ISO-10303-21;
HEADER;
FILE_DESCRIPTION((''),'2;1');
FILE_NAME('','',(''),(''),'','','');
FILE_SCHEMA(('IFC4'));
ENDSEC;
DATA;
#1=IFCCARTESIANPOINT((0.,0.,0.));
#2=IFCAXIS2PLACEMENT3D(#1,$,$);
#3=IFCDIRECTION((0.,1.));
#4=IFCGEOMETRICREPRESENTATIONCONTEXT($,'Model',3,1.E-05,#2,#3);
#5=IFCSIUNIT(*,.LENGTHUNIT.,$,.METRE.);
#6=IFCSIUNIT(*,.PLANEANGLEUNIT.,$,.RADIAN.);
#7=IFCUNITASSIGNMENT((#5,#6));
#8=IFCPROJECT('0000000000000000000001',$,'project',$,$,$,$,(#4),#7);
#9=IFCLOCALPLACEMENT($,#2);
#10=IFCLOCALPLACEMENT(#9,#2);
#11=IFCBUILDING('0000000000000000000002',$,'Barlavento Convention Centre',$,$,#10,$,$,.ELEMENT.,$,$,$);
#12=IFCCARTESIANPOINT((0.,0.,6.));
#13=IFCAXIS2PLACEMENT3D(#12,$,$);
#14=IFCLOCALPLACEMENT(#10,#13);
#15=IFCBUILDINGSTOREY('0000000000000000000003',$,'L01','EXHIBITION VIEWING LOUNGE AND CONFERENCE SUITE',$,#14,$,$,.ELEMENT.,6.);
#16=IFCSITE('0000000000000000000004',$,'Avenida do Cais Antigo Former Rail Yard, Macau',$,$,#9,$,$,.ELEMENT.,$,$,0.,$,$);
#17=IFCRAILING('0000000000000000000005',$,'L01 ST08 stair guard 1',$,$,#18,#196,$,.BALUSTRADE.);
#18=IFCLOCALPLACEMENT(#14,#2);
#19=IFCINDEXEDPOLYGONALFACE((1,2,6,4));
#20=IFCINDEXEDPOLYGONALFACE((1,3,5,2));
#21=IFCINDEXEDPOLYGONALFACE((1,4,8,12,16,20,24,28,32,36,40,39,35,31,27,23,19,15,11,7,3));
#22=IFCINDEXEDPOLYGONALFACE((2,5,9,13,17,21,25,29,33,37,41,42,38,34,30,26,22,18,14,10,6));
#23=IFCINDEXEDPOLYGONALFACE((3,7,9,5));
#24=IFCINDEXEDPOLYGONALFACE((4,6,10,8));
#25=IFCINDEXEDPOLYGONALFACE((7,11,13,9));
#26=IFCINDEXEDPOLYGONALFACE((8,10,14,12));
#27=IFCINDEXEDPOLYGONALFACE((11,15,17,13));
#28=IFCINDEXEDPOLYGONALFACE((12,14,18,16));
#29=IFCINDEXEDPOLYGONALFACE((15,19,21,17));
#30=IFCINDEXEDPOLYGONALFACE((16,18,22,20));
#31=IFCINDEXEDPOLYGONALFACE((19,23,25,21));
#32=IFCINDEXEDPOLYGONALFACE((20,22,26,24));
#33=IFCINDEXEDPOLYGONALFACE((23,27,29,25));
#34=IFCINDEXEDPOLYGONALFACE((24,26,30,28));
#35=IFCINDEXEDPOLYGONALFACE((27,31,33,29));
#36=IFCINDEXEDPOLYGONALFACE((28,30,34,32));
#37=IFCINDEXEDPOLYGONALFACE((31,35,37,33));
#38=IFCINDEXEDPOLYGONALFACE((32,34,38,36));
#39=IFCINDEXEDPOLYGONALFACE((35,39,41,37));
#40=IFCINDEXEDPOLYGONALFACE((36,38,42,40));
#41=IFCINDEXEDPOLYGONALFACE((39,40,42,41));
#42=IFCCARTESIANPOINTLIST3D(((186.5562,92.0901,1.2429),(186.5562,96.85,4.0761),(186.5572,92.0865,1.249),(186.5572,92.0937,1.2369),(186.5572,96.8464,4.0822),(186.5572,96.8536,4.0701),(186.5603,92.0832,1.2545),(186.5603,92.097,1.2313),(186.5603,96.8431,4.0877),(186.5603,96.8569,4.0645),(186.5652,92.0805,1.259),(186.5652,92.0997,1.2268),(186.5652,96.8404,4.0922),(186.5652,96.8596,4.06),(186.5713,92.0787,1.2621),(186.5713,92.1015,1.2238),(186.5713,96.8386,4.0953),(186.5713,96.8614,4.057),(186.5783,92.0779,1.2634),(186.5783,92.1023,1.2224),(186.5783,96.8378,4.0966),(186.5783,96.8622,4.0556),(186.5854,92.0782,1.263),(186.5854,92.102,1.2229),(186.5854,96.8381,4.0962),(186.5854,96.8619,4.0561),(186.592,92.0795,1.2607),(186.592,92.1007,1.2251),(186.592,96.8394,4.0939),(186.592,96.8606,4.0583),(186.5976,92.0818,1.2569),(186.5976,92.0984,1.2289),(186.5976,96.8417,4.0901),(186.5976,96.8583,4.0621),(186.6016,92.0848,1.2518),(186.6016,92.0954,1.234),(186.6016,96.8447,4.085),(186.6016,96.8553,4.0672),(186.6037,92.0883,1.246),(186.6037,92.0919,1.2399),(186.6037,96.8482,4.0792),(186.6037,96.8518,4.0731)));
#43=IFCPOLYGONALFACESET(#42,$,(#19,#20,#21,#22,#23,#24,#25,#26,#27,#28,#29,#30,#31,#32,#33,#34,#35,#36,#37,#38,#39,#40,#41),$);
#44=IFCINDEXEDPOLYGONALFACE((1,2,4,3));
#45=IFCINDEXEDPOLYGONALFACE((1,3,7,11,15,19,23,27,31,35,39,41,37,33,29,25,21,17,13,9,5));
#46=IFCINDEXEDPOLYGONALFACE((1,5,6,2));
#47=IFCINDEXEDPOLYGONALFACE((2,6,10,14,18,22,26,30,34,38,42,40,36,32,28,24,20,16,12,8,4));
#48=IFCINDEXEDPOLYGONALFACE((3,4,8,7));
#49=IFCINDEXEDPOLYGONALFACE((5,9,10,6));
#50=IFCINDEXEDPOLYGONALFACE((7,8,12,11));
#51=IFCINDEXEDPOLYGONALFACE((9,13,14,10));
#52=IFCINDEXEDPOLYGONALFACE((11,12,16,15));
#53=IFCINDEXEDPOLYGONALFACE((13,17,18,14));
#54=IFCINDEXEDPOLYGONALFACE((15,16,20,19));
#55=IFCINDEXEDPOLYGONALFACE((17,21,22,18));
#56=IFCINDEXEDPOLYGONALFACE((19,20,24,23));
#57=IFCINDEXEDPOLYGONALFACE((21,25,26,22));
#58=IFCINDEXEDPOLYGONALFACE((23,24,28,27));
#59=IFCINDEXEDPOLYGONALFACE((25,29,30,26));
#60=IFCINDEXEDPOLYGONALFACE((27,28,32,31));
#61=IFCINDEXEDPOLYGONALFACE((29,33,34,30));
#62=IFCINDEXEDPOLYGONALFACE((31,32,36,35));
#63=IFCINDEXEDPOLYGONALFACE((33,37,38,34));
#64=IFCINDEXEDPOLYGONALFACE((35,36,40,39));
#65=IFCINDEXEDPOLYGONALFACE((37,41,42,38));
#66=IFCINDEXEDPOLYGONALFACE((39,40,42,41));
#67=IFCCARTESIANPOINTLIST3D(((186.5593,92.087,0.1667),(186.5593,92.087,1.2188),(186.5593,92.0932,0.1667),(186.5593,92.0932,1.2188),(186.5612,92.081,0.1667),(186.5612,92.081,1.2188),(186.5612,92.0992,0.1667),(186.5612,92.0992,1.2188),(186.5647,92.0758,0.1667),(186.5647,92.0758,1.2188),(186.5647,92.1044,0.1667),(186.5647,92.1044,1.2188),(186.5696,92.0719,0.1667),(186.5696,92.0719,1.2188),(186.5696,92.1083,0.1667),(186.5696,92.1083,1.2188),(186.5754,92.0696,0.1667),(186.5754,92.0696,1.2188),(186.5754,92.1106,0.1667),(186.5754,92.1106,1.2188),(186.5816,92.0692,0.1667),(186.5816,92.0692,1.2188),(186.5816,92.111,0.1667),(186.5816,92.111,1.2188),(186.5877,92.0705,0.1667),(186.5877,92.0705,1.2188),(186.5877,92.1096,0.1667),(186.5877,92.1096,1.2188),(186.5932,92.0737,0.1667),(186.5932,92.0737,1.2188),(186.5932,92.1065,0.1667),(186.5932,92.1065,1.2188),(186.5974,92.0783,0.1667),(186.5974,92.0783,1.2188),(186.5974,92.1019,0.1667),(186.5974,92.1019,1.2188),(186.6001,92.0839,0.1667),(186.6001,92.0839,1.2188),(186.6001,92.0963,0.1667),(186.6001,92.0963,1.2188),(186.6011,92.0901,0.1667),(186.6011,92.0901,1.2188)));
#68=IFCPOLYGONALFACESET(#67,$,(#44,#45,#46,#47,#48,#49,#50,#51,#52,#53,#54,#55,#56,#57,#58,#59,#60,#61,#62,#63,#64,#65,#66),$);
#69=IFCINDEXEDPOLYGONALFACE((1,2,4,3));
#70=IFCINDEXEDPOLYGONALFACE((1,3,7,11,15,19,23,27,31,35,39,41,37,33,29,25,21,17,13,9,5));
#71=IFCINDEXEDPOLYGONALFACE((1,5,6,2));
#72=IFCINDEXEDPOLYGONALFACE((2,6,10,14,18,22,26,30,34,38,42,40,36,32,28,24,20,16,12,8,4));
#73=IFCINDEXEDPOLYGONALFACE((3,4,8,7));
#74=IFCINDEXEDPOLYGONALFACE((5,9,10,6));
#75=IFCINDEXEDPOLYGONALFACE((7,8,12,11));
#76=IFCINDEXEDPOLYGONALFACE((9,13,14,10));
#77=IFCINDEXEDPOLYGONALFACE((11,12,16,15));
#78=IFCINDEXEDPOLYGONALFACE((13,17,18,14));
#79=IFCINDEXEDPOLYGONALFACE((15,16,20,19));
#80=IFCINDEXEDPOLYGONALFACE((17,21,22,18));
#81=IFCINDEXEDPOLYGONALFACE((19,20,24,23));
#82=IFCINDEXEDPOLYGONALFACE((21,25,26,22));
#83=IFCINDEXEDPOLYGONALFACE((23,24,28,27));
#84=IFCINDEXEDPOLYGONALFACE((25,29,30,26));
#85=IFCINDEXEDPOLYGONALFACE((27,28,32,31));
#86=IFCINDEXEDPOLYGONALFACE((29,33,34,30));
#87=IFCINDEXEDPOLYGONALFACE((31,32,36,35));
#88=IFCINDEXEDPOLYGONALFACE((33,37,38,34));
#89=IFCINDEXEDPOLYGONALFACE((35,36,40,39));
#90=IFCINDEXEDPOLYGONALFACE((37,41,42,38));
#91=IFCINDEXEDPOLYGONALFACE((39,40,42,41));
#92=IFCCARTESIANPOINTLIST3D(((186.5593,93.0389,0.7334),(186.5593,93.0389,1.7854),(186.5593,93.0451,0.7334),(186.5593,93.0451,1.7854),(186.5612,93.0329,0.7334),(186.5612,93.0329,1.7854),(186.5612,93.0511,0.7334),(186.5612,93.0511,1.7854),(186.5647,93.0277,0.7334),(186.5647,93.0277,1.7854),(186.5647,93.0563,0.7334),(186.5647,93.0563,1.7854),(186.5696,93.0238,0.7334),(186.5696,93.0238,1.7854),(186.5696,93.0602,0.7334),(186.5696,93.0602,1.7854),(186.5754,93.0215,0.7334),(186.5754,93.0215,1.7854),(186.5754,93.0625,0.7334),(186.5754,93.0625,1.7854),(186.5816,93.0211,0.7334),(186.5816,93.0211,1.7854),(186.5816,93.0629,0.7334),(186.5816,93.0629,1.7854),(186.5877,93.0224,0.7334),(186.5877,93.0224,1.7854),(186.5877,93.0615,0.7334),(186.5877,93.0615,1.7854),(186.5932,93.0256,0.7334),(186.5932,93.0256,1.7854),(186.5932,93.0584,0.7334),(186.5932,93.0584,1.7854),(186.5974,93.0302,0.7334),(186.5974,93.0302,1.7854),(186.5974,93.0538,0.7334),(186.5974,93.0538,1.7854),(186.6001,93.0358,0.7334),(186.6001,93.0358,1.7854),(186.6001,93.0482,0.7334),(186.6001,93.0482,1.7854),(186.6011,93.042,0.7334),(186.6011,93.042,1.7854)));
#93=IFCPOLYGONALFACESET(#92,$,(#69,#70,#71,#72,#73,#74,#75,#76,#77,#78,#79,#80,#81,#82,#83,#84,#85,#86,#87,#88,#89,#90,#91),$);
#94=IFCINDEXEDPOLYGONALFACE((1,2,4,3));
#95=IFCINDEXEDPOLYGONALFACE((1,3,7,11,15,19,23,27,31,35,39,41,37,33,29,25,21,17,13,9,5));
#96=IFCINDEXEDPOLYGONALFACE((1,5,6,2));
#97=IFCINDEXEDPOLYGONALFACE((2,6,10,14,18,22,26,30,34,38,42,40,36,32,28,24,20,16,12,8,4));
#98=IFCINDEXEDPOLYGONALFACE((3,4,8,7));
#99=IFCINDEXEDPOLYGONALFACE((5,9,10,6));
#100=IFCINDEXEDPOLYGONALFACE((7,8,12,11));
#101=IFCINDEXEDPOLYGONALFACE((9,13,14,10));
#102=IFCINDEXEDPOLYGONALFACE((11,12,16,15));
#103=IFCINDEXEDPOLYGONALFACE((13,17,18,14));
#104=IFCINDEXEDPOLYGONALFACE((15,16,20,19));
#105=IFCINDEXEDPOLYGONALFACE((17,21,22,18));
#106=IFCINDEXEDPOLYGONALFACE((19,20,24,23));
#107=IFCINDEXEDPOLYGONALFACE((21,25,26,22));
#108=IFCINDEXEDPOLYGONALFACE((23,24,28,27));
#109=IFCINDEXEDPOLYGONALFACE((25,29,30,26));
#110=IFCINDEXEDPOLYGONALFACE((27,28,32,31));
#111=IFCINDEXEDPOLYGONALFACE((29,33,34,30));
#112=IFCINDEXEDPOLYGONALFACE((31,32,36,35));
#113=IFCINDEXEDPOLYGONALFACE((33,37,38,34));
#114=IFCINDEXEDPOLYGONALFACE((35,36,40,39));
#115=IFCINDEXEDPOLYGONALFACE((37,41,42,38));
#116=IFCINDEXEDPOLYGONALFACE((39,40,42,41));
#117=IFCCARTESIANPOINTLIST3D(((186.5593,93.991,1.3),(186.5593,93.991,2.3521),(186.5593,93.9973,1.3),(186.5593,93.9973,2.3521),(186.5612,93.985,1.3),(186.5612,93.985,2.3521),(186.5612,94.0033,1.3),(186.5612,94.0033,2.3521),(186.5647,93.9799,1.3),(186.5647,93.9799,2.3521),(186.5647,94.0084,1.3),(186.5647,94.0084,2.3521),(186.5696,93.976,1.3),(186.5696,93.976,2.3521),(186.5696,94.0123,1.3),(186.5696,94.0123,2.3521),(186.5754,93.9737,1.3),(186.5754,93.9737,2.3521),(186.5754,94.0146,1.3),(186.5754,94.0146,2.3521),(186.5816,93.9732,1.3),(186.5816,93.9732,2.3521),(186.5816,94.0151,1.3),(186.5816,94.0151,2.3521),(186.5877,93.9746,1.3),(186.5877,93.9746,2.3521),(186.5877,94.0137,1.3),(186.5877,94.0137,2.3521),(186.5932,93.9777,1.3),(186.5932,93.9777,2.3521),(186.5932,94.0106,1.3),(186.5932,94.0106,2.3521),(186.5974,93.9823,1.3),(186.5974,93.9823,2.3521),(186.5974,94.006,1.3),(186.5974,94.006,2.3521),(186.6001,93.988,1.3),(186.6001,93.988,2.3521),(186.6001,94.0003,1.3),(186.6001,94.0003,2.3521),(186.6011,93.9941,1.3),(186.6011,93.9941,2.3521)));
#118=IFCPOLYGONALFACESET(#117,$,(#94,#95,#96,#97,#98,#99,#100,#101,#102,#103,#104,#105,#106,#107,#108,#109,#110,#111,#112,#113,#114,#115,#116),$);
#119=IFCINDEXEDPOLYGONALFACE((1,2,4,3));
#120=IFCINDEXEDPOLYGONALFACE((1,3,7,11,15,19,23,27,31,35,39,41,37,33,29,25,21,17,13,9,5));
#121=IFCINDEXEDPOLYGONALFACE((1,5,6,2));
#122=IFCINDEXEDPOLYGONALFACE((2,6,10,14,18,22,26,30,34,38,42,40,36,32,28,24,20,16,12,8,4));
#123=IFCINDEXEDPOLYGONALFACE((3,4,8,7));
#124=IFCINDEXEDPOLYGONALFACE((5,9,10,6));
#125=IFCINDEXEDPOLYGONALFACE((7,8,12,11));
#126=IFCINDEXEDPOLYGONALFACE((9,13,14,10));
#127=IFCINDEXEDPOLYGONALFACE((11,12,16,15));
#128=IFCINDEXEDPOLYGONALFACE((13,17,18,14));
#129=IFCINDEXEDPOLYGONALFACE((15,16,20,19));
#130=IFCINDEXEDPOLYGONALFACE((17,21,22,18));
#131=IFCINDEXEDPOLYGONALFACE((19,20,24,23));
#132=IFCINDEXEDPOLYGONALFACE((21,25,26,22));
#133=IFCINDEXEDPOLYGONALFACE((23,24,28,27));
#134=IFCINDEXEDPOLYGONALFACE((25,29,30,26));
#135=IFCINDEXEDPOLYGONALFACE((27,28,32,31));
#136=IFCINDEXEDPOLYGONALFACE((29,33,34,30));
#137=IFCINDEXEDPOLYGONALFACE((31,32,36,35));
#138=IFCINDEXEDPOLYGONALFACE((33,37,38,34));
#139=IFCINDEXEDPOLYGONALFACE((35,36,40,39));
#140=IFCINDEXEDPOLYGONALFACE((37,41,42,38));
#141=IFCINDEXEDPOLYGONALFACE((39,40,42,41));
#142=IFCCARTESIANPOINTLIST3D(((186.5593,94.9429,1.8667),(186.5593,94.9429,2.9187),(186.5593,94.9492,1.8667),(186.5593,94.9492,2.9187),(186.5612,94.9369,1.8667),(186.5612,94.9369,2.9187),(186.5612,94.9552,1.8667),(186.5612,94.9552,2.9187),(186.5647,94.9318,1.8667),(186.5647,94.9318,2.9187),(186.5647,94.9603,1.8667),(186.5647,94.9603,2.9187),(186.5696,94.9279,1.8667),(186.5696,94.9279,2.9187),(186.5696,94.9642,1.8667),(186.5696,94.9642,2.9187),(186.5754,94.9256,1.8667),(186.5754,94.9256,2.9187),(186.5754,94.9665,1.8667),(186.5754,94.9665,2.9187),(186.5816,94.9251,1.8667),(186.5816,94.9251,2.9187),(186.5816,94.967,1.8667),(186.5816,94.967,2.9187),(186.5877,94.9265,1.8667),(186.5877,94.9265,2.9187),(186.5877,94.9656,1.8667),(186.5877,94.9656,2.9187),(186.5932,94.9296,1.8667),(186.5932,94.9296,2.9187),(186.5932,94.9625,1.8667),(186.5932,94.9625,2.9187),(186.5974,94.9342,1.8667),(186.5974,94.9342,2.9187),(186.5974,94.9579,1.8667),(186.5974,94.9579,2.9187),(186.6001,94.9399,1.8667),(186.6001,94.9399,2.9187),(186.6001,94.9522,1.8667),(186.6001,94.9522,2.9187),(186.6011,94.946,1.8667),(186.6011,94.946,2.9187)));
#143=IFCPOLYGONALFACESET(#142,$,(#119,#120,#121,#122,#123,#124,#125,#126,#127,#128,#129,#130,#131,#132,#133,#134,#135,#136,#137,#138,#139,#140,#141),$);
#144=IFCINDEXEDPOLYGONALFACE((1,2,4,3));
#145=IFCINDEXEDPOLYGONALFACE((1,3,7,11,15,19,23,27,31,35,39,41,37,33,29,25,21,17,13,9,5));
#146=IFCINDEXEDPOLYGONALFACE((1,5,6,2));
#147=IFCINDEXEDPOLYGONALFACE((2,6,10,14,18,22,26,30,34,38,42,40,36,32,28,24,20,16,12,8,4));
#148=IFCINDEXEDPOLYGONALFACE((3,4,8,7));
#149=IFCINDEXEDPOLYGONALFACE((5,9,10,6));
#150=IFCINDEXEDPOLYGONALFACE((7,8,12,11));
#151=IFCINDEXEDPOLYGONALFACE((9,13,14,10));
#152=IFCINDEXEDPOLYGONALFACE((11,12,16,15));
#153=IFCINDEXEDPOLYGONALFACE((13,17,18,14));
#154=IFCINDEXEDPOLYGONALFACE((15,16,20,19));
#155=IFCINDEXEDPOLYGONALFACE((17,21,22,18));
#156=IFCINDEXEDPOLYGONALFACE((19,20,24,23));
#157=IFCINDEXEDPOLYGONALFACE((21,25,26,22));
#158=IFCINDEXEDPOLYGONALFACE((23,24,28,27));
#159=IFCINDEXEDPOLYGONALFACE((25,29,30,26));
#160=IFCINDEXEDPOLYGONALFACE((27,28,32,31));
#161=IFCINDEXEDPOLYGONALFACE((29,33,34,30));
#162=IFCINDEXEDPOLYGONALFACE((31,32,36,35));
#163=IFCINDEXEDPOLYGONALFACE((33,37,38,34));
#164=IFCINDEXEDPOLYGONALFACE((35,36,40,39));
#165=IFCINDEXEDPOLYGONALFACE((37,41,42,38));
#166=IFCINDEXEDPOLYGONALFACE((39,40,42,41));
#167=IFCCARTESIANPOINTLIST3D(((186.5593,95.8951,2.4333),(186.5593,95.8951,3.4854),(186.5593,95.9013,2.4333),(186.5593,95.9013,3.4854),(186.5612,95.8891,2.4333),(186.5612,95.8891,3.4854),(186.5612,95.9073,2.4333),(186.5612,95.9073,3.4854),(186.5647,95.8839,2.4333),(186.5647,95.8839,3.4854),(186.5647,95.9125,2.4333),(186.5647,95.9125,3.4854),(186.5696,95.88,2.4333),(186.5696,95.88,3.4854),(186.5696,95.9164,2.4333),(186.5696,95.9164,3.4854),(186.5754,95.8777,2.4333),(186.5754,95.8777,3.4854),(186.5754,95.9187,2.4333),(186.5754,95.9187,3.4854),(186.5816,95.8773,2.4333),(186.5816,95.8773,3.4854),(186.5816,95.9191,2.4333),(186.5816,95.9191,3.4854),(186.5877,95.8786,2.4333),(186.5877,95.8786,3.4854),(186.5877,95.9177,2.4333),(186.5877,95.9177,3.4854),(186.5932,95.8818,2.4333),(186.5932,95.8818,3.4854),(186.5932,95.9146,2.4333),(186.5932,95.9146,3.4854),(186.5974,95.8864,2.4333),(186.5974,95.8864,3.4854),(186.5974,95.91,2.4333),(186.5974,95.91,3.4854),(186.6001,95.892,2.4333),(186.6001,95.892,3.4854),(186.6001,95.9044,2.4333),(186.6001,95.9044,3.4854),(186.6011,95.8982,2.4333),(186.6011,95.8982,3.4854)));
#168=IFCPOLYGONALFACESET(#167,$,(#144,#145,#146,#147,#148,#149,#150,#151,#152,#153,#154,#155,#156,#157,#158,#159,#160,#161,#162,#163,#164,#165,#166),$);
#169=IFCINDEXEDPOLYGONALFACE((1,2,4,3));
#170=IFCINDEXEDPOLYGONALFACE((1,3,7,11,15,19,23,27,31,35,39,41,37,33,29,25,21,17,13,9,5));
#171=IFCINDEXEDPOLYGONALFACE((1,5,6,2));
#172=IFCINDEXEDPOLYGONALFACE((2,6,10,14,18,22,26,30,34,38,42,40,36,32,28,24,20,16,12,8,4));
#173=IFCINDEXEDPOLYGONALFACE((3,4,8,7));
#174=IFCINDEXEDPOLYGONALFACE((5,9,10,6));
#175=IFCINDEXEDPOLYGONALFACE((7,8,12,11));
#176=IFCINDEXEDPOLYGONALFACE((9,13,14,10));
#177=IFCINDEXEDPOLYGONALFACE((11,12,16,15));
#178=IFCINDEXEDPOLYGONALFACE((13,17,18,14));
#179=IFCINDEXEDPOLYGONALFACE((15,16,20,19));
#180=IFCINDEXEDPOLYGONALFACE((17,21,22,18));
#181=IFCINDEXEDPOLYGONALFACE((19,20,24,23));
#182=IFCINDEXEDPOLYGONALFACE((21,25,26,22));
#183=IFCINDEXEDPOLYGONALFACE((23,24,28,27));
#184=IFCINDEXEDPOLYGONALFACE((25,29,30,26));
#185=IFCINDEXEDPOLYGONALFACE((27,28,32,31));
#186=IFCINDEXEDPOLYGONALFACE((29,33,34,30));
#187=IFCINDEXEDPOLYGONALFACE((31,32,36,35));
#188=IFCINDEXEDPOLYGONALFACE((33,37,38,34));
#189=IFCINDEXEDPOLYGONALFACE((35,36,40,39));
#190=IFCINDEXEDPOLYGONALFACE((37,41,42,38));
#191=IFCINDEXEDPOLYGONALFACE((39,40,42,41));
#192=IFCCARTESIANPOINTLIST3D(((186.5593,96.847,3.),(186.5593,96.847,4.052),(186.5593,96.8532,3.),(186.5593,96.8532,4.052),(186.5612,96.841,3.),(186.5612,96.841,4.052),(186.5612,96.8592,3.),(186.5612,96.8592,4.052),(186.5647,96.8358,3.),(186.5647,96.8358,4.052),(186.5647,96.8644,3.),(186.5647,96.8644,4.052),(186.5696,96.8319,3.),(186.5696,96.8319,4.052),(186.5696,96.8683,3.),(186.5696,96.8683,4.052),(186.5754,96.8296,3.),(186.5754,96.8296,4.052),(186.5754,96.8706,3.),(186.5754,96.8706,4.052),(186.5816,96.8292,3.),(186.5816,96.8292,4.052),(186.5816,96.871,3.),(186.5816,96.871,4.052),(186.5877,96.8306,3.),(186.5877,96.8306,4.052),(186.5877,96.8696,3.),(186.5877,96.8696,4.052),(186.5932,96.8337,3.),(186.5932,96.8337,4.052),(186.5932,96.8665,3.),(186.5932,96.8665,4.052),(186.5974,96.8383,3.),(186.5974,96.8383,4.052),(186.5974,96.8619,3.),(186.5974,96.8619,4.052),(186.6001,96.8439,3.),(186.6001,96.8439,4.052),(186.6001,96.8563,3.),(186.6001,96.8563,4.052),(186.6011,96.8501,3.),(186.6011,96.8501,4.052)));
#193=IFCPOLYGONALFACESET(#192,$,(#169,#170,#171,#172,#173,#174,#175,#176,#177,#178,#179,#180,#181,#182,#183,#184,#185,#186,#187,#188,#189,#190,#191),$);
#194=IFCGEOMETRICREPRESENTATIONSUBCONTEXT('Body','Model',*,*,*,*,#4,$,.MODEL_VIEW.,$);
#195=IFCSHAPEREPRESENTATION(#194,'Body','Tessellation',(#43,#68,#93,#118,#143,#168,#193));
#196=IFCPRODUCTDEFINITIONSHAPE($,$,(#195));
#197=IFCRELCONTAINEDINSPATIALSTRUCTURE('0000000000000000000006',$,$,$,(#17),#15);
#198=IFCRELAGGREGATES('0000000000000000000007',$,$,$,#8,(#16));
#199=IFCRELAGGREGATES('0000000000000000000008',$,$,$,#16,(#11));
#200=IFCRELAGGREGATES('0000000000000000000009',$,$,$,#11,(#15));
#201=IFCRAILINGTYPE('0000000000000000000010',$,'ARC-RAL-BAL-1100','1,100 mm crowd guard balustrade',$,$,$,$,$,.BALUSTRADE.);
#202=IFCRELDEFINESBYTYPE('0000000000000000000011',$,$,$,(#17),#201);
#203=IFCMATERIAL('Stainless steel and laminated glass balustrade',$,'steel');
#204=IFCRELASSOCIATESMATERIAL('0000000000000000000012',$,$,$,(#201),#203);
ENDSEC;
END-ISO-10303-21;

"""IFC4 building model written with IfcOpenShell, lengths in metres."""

from ifc_helpers import new_model, si_unit, direction, frame, origin, origin_2d, place, context, subcontext, project, spatial, circle, extrude, material, type_object, element, save


model = new_model("IFC4")

# Units and contexts
model_context = context("Model", 3, precision=1e-05, world=origin(), true_north=direction((0.0, 1.0)))
body_context = subcontext(model_context, "Body", "Model", "MODEL_VIEW")
ifc_project = project(units=[si_unit("LENGTHUNIT", "METRE"), si_unit("PLANEANGLEUNIT", "RADIAN")], contexts=[model_context])

# Site, building, storey
site_placement = place(None, origin())
site = spatial("IfcSite", under=ifc_project, at=site_placement, Name="Avenida do Cais Antigo Former Rail Yard, Macau", CompositionType="ELEMENT", RefElevation=0.0)
building_placement = place(site_placement, origin())
building = spatial("IfcBuilding", under=site, at=building_placement, Name="Barlavento Convention Centre", CompositionType="ELEMENT")
storey_placement = place(building_placement, frame((0.0, 0.0, 6.0)))
storey = spatial("IfcBuildingStorey", under=building, at=storey_placement, Name="L01", Description="EXHIBITION VIEWING LOUNGE AND CONFERENCE SUITE", CompositionType="ELEMENT", Elevation=6.0)

# Railing
ifc_material_1 = material(Name="Stainless steel and laminated glass balustrade", Category="steel")
railing_type_1 = type_object("IfcRailingType", Name="ARC-RAL-BAL-1100", Description="1,100 mm crowd guard balustrade", PredefinedType="BALUSTRADE", material=ifc_material_1)
railing_1_placement = place(storey_placement, frame((186.5801, 92.0901, 0.1667)))
element("IfcRailing", 1, at=railing_1_placement, inside=storey, type_object=railing_type_1, Name="L01 ST08 stair guard 1", PredefinedType="BALUSTRADE", context=body_context, shape_type="SweptSolid", body=[
    extrude(circle(Radius=0.0239, at=origin_2d()), frame((0.0, 0.0, 1.0762), z_axis=(0.0, 0.8593, 0.511472), x_axis=(-1.0, 0.0, 0.0)), (0.0, 0.0, 1.0), 5.5393),
    extrude(circle(Radius=0.021, at=origin_2d()), origin(), (0.0, 0.0, 1.0), 1.052),
    extrude(circle(Radius=0.021, at=origin_2d()), frame((0.0, 0.9519, 0.5667)), (0.0, 0.0, 1.0), 1.052),
    extrude(circle(Radius=0.021, at=origin_2d()), frame((0.0, 1.9041, 1.1333)), (0.0, 0.0, 1.0), 1.052),
    extrude(circle(Radius=0.021, at=origin_2d()), frame((0.0, 2.856, 1.7)), (0.0, 0.0, 1.0), 1.052),
    extrude(circle(Radius=0.021, at=origin_2d()), frame((0.0, 3.8081, 2.2666)), (0.0, 0.0, 1.0), 1.052),
    extrude(circle(Radius=0.021, at=origin_2d()), frame((0.0, 4.76, 2.8333)), (0.0, 0.0, 1.0), 1.052),
])

save(model, "model.ifc")
